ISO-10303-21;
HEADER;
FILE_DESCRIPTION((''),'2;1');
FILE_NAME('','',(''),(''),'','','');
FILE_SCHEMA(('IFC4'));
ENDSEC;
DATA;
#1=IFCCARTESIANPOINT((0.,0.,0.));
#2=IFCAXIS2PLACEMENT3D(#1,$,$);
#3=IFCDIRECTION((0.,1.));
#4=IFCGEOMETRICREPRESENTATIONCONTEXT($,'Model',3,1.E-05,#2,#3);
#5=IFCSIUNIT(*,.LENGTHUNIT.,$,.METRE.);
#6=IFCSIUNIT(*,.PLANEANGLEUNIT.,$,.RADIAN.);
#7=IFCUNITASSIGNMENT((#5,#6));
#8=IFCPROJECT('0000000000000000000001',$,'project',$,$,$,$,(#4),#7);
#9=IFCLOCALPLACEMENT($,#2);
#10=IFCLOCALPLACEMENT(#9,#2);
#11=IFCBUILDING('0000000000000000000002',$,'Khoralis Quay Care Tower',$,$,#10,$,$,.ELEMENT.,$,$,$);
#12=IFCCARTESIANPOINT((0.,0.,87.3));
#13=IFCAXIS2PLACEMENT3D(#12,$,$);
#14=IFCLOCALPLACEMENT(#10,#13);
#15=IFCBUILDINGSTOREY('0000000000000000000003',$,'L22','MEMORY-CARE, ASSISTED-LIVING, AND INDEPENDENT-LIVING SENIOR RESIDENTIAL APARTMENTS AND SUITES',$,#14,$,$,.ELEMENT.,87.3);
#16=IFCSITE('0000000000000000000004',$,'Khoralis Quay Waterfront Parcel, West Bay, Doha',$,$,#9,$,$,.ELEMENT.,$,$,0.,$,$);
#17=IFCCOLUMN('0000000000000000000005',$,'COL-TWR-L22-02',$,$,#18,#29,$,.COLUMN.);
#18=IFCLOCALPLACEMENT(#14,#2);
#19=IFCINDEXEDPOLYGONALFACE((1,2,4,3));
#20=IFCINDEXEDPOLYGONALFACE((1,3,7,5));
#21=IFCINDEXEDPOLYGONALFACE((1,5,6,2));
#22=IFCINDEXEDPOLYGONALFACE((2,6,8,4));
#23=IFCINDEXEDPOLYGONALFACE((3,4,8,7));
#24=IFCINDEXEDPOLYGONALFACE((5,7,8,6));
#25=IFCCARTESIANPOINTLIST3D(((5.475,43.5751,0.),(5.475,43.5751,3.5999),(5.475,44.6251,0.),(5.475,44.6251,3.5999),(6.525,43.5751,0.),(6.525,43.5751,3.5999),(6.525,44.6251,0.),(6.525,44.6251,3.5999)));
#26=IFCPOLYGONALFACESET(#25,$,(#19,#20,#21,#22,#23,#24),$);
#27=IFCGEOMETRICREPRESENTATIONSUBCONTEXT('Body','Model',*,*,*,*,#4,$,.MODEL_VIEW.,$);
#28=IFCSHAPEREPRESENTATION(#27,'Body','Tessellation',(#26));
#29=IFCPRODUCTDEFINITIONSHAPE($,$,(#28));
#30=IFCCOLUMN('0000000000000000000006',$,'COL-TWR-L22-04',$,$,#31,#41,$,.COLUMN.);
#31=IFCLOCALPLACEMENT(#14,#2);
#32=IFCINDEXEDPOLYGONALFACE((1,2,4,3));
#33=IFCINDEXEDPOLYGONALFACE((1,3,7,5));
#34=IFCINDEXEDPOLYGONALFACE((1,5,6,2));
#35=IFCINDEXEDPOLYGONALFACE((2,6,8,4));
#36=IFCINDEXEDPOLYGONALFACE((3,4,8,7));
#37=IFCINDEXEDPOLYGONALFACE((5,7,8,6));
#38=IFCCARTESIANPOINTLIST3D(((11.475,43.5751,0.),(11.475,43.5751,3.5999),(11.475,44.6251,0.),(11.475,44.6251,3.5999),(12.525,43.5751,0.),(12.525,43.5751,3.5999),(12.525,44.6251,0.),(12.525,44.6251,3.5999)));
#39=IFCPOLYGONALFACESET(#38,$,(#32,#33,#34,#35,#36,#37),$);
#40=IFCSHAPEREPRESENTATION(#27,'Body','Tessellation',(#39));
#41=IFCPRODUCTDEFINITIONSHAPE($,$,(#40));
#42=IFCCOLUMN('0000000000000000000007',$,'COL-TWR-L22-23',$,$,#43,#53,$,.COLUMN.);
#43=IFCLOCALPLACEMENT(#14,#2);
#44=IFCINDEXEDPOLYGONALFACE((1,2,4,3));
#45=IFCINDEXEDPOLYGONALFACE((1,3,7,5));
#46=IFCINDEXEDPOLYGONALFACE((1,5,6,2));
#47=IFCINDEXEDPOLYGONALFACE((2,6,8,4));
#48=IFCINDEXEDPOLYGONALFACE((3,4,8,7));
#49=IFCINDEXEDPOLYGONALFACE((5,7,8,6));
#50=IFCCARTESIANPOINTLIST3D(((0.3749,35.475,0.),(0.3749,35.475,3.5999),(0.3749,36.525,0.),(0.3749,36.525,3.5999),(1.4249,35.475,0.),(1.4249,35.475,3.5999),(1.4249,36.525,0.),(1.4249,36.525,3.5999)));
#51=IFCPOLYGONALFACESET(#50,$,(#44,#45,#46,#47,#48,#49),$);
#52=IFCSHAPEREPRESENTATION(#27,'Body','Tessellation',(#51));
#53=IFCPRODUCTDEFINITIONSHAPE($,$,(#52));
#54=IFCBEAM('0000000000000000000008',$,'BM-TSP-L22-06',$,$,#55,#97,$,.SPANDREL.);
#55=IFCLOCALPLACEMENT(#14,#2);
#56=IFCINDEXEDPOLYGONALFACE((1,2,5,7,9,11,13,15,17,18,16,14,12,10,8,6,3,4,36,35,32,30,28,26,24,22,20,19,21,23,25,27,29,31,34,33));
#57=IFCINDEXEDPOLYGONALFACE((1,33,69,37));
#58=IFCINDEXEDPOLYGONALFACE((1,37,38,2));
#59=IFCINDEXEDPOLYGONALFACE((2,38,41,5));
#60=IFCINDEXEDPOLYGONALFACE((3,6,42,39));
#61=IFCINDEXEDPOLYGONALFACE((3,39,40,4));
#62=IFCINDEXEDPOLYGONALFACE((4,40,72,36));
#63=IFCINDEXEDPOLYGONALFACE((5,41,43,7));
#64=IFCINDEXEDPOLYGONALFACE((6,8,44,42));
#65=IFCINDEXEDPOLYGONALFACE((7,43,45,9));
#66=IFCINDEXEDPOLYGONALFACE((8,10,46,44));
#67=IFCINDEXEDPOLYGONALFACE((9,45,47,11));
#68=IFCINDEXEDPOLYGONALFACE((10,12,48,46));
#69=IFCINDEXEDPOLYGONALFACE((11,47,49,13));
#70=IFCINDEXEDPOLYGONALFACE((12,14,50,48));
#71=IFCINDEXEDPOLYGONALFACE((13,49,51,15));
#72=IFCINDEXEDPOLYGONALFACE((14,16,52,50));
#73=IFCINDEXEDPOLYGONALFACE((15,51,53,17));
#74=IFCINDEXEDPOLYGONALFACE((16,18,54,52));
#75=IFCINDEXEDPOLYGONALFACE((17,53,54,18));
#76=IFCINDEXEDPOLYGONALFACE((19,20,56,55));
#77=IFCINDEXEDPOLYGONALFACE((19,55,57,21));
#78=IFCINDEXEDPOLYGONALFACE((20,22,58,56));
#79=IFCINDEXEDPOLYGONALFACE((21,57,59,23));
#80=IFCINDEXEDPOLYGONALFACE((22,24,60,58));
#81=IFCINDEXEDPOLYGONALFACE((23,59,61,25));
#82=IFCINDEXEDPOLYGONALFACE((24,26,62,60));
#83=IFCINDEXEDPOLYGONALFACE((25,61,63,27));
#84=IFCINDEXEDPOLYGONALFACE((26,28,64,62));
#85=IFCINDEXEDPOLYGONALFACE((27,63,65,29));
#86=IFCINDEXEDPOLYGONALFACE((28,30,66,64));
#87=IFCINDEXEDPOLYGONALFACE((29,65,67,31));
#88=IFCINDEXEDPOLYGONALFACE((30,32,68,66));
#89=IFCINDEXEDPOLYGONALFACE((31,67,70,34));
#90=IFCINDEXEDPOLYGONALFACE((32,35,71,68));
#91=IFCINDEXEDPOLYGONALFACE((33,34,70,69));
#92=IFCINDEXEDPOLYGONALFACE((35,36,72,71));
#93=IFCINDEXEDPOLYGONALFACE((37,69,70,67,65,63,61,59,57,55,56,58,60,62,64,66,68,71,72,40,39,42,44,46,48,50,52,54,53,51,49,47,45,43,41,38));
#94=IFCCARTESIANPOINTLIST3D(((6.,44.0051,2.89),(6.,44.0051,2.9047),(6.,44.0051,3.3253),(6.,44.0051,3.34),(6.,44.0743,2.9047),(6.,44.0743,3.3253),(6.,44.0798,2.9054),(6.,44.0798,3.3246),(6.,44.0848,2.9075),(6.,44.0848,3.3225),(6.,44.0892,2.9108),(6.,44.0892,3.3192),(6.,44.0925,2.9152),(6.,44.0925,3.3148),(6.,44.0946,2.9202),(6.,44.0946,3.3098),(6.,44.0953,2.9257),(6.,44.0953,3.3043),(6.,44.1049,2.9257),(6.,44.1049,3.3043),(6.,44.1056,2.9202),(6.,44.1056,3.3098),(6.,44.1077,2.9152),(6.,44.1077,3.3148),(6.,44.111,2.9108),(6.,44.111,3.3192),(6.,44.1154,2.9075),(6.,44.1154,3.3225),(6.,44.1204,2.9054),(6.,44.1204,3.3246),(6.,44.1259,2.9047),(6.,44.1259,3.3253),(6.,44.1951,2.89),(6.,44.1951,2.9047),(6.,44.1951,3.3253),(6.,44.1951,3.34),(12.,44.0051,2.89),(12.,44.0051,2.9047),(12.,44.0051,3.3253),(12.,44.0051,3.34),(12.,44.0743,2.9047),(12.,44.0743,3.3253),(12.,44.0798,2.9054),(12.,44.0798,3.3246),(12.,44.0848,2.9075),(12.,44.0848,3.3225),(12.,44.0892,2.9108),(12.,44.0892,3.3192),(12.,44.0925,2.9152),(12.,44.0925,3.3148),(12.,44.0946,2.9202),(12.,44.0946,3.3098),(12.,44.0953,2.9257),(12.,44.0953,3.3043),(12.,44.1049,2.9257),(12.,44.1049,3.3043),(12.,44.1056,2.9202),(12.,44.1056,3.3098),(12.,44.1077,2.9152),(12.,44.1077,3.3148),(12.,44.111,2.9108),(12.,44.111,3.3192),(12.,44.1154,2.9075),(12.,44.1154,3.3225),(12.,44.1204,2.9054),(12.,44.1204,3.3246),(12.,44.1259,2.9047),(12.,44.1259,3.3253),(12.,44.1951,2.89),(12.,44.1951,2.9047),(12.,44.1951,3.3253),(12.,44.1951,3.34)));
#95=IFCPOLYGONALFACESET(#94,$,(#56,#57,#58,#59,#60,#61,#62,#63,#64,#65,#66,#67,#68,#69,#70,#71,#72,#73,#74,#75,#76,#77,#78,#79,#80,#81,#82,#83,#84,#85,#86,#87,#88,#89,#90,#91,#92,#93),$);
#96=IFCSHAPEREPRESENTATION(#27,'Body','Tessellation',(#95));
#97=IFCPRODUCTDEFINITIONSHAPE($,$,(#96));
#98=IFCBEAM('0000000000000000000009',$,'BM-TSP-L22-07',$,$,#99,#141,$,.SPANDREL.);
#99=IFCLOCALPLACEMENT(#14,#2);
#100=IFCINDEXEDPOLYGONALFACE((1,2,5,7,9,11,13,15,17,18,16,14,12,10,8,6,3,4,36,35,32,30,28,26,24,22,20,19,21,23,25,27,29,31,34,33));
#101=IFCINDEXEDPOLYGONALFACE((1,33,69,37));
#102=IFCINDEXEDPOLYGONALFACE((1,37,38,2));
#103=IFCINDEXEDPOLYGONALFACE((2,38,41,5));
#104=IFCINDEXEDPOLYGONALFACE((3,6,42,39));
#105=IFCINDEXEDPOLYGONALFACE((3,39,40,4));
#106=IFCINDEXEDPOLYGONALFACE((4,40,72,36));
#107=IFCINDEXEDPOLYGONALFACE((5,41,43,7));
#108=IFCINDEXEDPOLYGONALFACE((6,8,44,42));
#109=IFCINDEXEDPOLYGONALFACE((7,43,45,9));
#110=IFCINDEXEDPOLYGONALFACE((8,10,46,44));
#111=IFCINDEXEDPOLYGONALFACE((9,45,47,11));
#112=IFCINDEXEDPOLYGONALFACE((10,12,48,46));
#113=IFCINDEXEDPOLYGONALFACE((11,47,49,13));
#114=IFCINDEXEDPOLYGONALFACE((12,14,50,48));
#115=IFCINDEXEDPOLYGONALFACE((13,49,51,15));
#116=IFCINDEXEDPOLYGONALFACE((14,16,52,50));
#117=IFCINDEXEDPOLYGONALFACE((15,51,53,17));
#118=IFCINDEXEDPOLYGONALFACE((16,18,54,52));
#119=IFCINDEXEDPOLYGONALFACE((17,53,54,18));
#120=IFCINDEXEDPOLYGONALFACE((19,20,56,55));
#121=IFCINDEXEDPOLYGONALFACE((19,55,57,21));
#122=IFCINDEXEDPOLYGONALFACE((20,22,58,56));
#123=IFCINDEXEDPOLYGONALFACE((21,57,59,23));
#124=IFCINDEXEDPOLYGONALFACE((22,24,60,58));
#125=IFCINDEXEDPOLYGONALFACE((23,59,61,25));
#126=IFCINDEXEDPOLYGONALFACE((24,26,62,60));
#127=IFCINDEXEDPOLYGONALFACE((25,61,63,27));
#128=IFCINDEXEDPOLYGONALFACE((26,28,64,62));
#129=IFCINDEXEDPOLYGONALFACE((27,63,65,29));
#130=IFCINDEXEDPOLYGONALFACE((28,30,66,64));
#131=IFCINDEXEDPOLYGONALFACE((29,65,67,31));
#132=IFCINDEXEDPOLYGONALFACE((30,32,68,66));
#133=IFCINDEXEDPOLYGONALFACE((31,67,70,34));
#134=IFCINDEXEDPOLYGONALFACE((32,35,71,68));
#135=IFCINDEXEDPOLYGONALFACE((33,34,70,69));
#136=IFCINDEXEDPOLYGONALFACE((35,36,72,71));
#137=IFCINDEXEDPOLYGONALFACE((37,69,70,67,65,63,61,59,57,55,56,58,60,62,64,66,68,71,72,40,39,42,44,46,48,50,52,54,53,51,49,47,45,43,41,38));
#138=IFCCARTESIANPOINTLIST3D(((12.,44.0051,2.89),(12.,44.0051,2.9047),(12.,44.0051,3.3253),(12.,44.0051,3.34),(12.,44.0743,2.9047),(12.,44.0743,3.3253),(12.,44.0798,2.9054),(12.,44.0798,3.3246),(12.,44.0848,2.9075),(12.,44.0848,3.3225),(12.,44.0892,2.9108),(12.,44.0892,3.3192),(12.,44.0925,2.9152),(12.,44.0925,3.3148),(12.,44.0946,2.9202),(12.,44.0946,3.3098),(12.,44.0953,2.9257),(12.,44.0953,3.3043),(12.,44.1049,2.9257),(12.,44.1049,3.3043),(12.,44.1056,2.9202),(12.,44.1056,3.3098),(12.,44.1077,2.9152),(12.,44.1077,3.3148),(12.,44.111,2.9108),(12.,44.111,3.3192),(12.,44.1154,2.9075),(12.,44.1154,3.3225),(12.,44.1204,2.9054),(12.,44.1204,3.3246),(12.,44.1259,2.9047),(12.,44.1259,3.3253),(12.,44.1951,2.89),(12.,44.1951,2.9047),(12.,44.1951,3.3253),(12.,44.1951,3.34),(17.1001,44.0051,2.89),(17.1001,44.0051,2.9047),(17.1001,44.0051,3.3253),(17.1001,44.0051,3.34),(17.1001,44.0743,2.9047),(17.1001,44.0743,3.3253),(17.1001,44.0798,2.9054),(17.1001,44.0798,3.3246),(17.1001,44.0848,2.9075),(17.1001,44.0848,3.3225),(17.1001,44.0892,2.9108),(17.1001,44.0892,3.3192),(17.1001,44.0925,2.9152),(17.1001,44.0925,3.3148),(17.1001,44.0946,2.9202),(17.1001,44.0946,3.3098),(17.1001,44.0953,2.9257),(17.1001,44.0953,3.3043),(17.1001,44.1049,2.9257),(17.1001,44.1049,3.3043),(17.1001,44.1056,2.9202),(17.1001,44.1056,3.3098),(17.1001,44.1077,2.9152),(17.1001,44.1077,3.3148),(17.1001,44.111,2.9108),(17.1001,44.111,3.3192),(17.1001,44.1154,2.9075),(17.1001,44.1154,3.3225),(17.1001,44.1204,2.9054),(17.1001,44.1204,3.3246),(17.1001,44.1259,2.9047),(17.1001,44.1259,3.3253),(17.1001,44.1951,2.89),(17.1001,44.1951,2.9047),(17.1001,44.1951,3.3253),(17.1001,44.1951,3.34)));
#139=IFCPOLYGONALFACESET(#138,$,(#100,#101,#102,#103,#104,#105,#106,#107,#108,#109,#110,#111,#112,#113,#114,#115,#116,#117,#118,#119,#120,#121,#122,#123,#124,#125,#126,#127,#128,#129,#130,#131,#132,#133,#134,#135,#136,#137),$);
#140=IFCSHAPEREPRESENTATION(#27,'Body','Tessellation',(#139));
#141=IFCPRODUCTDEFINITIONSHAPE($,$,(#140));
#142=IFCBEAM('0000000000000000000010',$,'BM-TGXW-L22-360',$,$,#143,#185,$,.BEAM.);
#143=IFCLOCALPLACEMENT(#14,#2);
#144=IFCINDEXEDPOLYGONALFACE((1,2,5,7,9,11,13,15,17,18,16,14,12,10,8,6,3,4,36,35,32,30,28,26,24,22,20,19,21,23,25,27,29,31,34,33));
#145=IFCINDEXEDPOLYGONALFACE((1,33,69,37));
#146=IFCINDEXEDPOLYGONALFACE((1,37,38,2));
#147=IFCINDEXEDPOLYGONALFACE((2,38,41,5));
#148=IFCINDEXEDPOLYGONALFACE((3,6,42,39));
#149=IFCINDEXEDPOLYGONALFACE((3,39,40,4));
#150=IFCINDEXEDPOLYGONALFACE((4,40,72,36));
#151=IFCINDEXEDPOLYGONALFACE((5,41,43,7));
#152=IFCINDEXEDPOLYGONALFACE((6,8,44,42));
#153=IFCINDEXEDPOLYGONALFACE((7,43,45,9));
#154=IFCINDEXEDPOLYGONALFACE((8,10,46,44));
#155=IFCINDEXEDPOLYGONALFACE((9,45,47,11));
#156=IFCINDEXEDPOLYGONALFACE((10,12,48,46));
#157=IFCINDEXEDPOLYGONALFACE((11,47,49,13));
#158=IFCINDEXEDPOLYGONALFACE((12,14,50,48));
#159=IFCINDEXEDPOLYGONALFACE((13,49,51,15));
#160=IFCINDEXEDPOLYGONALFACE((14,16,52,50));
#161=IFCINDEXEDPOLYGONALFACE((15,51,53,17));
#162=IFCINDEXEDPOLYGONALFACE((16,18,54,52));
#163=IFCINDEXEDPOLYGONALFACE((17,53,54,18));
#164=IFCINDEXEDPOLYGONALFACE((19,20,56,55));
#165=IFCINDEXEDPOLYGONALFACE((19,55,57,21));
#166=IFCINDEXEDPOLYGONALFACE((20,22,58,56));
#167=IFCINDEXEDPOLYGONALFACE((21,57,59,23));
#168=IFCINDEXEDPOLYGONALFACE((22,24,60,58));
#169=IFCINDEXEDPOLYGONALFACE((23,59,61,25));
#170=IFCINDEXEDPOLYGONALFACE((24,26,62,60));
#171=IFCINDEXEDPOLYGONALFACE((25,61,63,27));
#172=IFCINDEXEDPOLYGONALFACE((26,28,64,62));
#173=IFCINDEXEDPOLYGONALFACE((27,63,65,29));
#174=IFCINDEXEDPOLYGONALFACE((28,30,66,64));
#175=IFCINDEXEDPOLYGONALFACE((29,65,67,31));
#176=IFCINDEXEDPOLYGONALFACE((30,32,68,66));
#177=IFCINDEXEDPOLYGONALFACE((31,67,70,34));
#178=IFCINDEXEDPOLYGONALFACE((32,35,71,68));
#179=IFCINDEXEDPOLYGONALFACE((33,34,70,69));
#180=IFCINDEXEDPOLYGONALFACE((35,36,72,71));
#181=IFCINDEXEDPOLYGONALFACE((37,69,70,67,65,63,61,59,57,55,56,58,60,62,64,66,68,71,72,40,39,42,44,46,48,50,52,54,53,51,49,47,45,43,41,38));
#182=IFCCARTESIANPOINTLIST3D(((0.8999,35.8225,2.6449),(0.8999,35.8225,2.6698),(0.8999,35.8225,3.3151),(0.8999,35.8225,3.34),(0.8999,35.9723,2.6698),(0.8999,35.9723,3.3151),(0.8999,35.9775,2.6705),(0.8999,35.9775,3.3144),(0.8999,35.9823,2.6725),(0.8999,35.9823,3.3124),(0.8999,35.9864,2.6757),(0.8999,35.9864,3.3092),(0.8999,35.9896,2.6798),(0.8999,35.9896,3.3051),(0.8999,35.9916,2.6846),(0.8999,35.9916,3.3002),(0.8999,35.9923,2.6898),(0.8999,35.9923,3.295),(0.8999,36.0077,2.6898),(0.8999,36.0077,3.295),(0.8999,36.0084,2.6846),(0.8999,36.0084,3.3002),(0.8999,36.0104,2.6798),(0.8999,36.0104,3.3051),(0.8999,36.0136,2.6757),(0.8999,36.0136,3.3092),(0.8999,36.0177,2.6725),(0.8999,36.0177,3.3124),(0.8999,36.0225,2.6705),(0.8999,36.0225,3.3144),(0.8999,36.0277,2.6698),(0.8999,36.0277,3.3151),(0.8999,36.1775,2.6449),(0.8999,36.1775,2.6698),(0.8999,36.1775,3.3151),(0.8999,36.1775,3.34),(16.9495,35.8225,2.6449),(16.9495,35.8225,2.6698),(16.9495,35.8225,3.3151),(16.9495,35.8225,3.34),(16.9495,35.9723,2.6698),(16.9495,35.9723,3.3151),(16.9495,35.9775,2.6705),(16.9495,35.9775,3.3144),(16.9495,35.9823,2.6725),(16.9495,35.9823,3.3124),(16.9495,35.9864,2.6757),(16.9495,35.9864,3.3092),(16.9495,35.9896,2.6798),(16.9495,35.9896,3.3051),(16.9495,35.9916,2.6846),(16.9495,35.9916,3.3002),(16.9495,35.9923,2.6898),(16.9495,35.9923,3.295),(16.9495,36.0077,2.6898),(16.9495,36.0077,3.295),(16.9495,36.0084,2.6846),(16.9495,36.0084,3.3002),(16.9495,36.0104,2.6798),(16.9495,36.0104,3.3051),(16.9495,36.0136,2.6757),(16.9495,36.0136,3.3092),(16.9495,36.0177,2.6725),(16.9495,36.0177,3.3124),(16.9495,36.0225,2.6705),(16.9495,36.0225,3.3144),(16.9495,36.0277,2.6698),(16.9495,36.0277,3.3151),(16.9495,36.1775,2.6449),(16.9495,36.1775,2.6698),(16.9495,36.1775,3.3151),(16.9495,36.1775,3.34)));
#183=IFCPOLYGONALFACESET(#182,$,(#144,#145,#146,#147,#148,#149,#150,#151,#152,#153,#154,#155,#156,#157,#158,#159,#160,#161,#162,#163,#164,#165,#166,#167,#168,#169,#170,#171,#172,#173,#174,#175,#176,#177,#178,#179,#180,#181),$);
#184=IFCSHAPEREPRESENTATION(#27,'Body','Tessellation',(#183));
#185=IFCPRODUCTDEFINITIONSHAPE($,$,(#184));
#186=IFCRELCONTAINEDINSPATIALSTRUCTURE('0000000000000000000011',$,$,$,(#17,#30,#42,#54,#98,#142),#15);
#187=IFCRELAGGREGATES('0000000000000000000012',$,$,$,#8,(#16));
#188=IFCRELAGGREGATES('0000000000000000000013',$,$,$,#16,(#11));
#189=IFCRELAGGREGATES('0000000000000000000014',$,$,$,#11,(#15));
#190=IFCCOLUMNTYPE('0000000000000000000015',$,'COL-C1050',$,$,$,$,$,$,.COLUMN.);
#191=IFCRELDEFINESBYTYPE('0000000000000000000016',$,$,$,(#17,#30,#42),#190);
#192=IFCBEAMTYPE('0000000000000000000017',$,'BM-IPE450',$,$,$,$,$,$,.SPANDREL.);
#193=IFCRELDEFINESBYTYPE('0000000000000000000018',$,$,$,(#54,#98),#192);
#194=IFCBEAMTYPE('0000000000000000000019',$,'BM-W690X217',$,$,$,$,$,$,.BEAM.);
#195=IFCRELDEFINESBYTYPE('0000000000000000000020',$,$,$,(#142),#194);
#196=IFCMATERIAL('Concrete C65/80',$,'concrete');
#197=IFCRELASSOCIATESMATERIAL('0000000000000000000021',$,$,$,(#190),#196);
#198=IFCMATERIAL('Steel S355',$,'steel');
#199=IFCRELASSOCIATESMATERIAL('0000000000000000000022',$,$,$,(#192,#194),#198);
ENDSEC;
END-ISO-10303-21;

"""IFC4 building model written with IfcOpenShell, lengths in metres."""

from ifc_helpers import new_model, si_unit, direction, frame, origin, origin_2d, place, context, subcontext, project, spatial, rectangle, i_section, extrude, source, transform, mapped, material, material_profile, profile_set, type_object, element, save


model = new_model("IFC4")

# Units and contexts
model_context = context("Model", 3, precision=1e-05, world=origin(), true_north=direction((0.0, 1.0)))
body_context = subcontext(model_context, "Body", "Model", "MODEL_VIEW")
ifc_project = project(units=[si_unit("LENGTHUNIT", "METRE"), si_unit("PLANEANGLEUNIT", "RADIAN")], contexts=[model_context])

# Site, building, storey
site_placement = place(None, origin())
site = spatial("IfcSite", under=ifc_project, at=site_placement, Name="Khoralis Quay Waterfront Parcel, West Bay, Doha", CompositionType="ELEMENT", RefElevation=0.0)
building_placement = place(site_placement, origin())
building = spatial("IfcBuilding", under=site, at=building_placement, Name="Khoralis Quay Care Tower", CompositionType="ELEMENT")
storey_placement = place(building_placement, frame((0.0, 0.0, 87.3)))
storey = spatial("IfcBuildingStorey", under=building, at=storey_placement, Name="L22", Description="MEMORY-CARE, ASSISTED-LIVING, AND INDEPENDENT-LIVING SENIOR RESIDENTIAL APARTMENTS AND SUITES", CompositionType="ELEMENT", Elevation=87.3)

# Columns
ifc_material_1 = material(Name="Concrete C65/80", Category="concrete")
ifc_material_profile_1 = material_profile(ifc_material_1, rectangle(XDim=1.05, YDim=1.05, at=origin_2d()), Name="Concrete C65/80")
ifc_profile_set_1 = profile_set([ifc_material_profile_1], Name="Concrete C65/80")
column_type = type_object("IfcColumnType", Name="COL-C1050", PredefinedType="COLUMN", material=ifc_profile_set_1)
shared_shape_1 = source(origin(), body_context, "Body", "SweptSolid", [
    extrude(rectangle(XDim=1.05, YDim=1.05, at=origin_2d()), origin(), (0.0, 0.0, 1.0), 3.5999),
])
for number, where, z_axis, x_axis, name in (
    (1, (6.0, 44.1001, 0.0), (0.0, 0.0, 1.0), (1.0, 0.0, 0.0), "COL-TWR-L22-02"),
    (2, (12.0, 44.1001, 0.0), (0.0, 0.0, 1.0), (1.0, 0.0, 0.0), "COL-TWR-L22-04"),
    (3, (0.8999, 36.0, 0.0), (0.0, 0.0, 1.0), (1.0, 0.0, 0.0), "COL-TWR-L22-23"),
):
    element("IfcColumn", number, at=place(storey_placement, frame(where, z_axis=z_axis, x_axis=x_axis)), inside=storey, type_object=column_type, Name=name, PredefinedType="COLUMN", context=body_context, shape_type="MappedRepresentation", body=[
        mapped(shared_shape_1, transform((0.0, 0.0, 0.0), scale=1.0)),
    ])

# Beams
ifc_material_2 = material(Name="Steel S355", Category="steel")
ifc_material_profile_2 = material_profile(ifc_material_2, i_section(OverallWidth=0.1899, OverallDepth=0.45, WebThickness=0.0095, FlangeThickness=0.0146, FilletRadius=0.021, at=origin_2d()), Name="Steel S355")
ifc_profile_set_2 = profile_set([ifc_material_profile_2], Name="Steel S355")
beam_type_1 = type_object("IfcBeamType", Name="BM-IPE450", PredefinedType="SPANDREL", material=ifc_profile_set_2)
shared_shape_2 = source(origin(), body_context, "Body", "SweptSolid", [
    extrude(i_section(OverallWidth=0.1899, OverallDepth=0.45, WebThickness=0.0095, FlangeThickness=0.0146, FilletRadius=0.021, at=origin_2d()), origin(), (0.0, 0.0, 1.0), 6.0),
])
beam_1_placement = place(storey_placement, frame((6.0, 44.1001, 3.115), z_axis=(1.0, 0.0, 0.0), x_axis=(0.0, 1.0, 0.0)))
element("IfcBeam", 4, at=beam_1_placement, inside=storey, type_object=beam_type_1, Name="BM-TSP-L22-06", PredefinedType="SPANDREL", context=body_context, shape_type="MappedRepresentation", body=[
    mapped(shared_shape_2, transform((0.0, 0.0, 0.0), scale=1.0)),
])
shared_shape_3 = source(origin(), body_context, "Body", "SweptSolid", [
    extrude(i_section(OverallWidth=0.1899, OverallDepth=0.45, WebThickness=0.0095, FlangeThickness=0.0146, FilletRadius=0.021, at=origin_2d()), origin(), (0.0, 0.0, 1.0), 5.1001),
])
beam_2_placement = place(storey_placement, frame((12.0, 44.1001, 3.115), z_axis=(1.0, 0.0, 0.0), x_axis=(0.0, 1.0, 0.0)))
element("IfcBeam", 5, at=beam_2_placement, inside=storey, type_object=beam_type_1, Name="BM-TSP-L22-07", PredefinedType="SPANDREL", context=body_context, shape_type="MappedRepresentation", body=[
    mapped(shared_shape_3, transform((0.0, 0.0, 0.0), scale=1.0)),
])
ifc_material_profile_3 = material_profile(ifc_material_2, i_section(OverallWidth=0.355, OverallDepth=0.6951, WebThickness=0.0154, FlangeThickness=0.0249, FilletRadius=0.02, at=origin_2d()), Name="Steel S355")
ifc_profile_set_3 = profile_set([ifc_material_profile_3], Name="Steel S355")
beam_type_2 = type_object("IfcBeamType", Name="BM-W690X217", PredefinedType="BEAM", material=ifc_profile_set_3)
shared_shape_4 = source(origin(), body_context, "Body", "SweptSolid", [
    extrude(i_section(OverallWidth=0.355, OverallDepth=0.6951, WebThickness=0.0154, FlangeThickness=0.0249, FilletRadius=0.02, at=origin_2d()), origin(), (0.0, 0.0, 1.0), 16.0496),
])
beam_3_placement = place(storey_placement, frame((0.8999, 36.0, 2.9924), z_axis=(1.0, 0.0, 0.0), x_axis=(0.0, 1.0, 0.0)))
element("IfcBeam", 6, at=beam_3_placement, inside=storey, type_object=beam_type_2, Name="BM-TGXW-L22-360", PredefinedType="BEAM", context=body_context, shape_type="MappedRepresentation", body=[
    mapped(shared_shape_4, transform((0.0, 0.0, 0.0), scale=1.0)),
])

save(model, "model.ifc")
